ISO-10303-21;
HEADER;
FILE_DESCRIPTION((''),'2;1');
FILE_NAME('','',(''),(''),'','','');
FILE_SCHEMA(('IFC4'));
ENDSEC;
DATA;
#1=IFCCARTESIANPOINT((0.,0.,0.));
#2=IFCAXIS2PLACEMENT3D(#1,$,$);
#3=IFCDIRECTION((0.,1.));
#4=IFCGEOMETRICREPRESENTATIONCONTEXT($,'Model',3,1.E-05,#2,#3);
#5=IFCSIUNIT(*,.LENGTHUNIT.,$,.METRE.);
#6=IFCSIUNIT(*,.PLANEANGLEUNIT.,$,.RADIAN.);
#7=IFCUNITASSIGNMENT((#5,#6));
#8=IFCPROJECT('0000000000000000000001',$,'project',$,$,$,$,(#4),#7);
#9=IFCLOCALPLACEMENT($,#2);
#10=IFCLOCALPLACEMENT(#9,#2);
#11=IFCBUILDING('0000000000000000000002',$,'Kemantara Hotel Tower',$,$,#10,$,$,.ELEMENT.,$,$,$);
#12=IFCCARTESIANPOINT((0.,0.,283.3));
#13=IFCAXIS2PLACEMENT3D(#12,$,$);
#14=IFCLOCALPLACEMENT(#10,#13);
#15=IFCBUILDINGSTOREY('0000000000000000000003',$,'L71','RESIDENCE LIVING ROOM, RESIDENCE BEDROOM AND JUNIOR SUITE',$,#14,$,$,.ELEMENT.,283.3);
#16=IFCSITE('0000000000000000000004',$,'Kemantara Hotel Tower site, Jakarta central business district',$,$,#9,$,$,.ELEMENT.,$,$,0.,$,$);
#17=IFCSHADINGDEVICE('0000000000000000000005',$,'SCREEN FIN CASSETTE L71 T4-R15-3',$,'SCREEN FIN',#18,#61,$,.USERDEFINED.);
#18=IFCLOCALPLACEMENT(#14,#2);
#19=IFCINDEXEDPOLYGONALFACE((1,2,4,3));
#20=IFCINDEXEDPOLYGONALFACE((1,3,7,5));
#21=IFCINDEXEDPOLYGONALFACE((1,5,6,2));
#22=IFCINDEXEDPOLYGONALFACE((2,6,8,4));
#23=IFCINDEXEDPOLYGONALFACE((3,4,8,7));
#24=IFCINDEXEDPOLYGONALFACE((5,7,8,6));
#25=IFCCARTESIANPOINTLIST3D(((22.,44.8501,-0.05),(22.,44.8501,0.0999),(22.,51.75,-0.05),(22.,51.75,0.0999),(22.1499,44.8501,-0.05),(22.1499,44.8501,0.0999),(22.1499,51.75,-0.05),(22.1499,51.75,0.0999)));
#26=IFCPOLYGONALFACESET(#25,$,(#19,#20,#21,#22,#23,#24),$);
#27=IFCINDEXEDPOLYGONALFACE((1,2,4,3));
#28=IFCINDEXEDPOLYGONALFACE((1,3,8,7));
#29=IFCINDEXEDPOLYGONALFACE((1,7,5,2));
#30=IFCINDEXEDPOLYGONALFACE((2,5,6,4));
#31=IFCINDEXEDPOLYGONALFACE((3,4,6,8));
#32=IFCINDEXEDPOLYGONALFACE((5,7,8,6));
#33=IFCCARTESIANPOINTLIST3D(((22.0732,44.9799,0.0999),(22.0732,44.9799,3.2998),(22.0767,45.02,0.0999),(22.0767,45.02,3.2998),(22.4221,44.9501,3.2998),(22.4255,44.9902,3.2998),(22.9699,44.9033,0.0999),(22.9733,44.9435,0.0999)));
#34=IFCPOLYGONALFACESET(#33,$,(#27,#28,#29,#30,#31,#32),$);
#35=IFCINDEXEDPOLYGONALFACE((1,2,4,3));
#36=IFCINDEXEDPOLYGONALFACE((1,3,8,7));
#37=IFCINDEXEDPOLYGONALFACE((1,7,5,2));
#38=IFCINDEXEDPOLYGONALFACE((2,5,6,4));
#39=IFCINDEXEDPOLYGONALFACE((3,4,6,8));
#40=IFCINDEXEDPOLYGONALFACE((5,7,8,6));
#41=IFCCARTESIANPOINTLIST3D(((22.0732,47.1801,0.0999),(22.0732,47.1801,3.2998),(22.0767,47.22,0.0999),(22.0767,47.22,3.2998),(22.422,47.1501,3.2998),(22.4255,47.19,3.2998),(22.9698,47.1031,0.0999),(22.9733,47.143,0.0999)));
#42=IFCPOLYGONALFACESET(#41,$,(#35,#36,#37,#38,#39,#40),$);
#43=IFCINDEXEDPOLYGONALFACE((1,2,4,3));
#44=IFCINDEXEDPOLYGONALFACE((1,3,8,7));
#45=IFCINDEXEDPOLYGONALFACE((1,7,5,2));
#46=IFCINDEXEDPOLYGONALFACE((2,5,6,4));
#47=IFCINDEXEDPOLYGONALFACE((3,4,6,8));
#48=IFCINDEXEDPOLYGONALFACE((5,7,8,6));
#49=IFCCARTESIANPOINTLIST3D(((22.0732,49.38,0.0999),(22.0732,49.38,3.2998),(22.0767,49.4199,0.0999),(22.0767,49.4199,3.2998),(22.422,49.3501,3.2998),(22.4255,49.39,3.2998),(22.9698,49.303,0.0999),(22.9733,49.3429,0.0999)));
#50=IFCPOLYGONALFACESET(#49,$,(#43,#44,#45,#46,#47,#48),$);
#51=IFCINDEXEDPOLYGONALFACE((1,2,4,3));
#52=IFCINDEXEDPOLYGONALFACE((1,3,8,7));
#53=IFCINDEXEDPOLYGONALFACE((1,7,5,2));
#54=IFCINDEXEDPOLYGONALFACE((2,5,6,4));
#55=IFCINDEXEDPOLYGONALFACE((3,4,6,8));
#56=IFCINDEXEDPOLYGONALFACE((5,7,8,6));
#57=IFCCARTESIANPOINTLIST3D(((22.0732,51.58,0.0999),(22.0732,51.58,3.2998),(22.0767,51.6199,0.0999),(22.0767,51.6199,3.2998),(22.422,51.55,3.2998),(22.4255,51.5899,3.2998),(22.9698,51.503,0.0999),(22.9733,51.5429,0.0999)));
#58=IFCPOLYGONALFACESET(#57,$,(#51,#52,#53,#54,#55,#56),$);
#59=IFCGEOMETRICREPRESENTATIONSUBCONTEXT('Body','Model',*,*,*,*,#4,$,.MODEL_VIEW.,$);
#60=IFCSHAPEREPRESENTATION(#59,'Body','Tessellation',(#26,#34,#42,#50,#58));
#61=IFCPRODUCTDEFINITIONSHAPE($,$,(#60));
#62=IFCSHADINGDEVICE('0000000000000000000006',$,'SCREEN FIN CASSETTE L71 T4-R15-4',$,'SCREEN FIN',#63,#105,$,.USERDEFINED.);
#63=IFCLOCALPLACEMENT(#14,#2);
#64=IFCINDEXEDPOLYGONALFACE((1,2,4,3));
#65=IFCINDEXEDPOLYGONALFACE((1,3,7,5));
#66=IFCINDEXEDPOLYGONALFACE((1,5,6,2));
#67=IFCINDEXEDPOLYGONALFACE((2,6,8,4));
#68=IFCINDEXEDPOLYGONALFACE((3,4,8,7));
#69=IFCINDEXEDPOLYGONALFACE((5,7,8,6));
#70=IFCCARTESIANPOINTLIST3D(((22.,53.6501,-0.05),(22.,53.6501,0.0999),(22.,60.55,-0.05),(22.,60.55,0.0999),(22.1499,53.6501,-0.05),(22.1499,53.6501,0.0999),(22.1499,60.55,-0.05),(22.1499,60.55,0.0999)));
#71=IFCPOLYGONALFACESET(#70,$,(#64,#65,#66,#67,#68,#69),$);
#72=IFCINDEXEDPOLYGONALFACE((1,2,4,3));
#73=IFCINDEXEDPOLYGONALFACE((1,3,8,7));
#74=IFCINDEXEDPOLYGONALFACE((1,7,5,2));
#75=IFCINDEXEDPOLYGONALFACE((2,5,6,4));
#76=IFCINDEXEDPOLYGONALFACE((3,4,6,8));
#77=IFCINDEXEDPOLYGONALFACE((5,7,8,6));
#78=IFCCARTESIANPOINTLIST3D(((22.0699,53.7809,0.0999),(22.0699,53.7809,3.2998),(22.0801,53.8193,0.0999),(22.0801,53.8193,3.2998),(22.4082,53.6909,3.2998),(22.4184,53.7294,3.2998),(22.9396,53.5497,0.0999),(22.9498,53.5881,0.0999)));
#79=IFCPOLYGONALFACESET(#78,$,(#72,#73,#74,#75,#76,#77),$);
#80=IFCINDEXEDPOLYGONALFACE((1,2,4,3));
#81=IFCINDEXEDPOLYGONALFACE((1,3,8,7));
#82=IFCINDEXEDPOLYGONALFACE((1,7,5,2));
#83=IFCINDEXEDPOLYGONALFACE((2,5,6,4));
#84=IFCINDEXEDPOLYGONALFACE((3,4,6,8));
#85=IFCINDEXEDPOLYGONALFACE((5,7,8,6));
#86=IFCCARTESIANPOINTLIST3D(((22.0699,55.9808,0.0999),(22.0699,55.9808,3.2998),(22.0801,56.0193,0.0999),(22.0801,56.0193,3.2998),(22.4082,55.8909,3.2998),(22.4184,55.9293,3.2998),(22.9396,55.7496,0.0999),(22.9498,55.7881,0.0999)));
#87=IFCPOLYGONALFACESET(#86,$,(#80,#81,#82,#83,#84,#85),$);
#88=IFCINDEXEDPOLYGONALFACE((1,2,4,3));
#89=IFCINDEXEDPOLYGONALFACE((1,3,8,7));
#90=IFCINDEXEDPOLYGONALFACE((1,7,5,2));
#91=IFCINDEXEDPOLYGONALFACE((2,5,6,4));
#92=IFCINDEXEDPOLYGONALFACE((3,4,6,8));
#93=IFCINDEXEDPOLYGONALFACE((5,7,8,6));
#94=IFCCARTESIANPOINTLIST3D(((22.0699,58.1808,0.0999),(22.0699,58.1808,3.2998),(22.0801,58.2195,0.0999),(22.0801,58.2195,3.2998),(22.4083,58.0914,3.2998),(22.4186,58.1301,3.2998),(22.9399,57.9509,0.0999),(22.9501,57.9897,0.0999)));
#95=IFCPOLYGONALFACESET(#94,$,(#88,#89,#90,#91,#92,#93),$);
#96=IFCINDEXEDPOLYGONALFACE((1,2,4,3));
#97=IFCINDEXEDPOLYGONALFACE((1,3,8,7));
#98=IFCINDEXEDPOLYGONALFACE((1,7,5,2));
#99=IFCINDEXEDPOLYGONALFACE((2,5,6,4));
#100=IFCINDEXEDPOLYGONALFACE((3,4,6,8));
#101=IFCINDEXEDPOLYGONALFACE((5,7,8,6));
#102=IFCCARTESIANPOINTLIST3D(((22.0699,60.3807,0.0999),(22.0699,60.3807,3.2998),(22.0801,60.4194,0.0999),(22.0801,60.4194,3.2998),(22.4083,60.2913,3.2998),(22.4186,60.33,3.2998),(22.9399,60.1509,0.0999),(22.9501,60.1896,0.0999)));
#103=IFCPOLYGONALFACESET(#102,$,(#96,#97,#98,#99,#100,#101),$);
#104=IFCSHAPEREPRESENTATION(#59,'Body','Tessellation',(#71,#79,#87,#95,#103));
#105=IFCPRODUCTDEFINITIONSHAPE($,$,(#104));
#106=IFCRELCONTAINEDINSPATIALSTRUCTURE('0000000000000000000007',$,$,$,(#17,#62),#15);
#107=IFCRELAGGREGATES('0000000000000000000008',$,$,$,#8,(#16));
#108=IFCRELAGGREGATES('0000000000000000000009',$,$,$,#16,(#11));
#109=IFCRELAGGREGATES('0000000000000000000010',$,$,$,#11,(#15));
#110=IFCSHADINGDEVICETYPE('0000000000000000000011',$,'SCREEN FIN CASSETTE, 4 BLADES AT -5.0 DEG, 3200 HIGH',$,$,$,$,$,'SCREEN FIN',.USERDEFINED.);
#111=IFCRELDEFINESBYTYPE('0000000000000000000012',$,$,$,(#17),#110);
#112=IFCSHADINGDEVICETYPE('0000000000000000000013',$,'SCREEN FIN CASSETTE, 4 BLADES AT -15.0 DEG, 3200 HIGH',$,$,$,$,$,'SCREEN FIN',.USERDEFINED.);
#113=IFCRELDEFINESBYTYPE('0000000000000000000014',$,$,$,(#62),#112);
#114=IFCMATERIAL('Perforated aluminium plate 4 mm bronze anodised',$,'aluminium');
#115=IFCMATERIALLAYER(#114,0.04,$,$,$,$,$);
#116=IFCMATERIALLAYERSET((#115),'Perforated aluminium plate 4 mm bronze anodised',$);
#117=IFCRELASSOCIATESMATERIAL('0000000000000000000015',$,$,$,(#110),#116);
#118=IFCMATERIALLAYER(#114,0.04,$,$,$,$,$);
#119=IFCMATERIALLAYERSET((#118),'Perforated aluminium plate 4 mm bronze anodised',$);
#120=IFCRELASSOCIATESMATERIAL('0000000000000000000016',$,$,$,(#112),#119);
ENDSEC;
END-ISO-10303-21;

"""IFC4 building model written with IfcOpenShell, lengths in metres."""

from ifc_helpers import new_model, si_unit, direction, frame, origin, origin_2d, place, context, subcontext, project, spatial, polyline, rectangle, outline, extrude, source, transform, mapped, material, layer, layer_set, type_object, element, save


model = new_model("IFC4")

# Units and contexts
model_context = context("Model", 3, precision=1e-05, world=origin(), true_north=direction((0.0, 1.0)))
body_context = subcontext(model_context, "Body", "Model", "MODEL_VIEW")
ifc_project = project(units=[si_unit("LENGTHUNIT", "METRE"), si_unit("PLANEANGLEUNIT", "RADIAN")], contexts=[model_context])

# Site, building, storey
site_placement = place(None, origin())
site = spatial("IfcSite", under=ifc_project, at=site_placement, Name="Kemantara Hotel Tower site, Jakarta central business district", CompositionType="ELEMENT", RefElevation=0.0)
building_placement = place(site_placement, origin())
building = spatial("IfcBuilding", under=site, at=building_placement, Name="Kemantara Hotel Tower", CompositionType="ELEMENT")
storey_placement = place(building_placement, frame((0.0, 0.0, 283.3)))
storey = spatial("IfcBuildingStorey", under=building, at=storey_placement, Name="L71", Description="RESIDENCE LIVING ROOM, RESIDENCE BEDROOM AND JUNIOR SUITE", CompositionType="ELEMENT", Elevation=283.3)

# Shading devices
ifc_material_1 = material(Name="Perforated aluminium plate 4 mm bronze anodised", Category="aluminium")
ifc_layer_1 = layer(ifc_material_1, 0.04)
ifc_layer_set_1 = layer_set([ifc_layer_1], Name="Perforated aluminium plate 4 mm bronze anodised")
shading_device_type_1 = type_object("IfcShadingDeviceType", Name="SCREEN FIN CASSETTE, 4 BLADES AT -5.0 DEG, 3200 HIGH", ElementType="SCREEN FIN", PredefinedType="USERDEFINED", material=ifc_layer_set_1)
shared_shape_1 = source(origin(), body_context, "Body", "SweptSolid", [
    extrude(rectangle(XDim=6.8999, YDim=0.1499, at=origin_2d()), frame((3.3, -0.075, -0.1499), z_axis=(0.0, 0.0, 1.0), x_axis=(1.0, 0.0, 0.0)), (0.0, 0.0, 1.0), 0.1499),
    extrude(outline(polyline([(0.0, 0.0), (0.8999, 0.0), (0.3501, 3.2), (0.0, 3.2), (0.0, 0.0)])), frame((0.02, -0.0767, 0.0), z_axis=(-0.996376, 0.085056, 0.0), x_axis=(-0.085056, -0.996376, 0.0)), (0.0, 0.0, 1.0), 0.0403),
    extrude(outline(polyline([(0.0, 0.0), (0.8999, 0.0), (0.3501, 3.2), (0.0, 3.2), (0.0, 0.0)])), frame((2.22, -0.0767, 0.0), z_axis=(-0.996332, 0.085575, 0.0), x_axis=(-0.085575, -0.996332, 0.0)), (0.0, 0.0, 1.0), 0.04),
    extrude(outline(polyline([(0.0, 0.0), (0.8999, 0.0), (0.3501, 3.2), (0.0, 3.2), (0.0, 0.0)])), frame((4.4199, -0.0767, 0.0), z_axis=(-0.996332, 0.085575, 0.0), x_axis=(-0.085575, -0.996332, 0.0)), (0.0, 0.0, 1.0), 0.04),
    extrude(outline(polyline([(0.0, 0.0), (0.8999, 0.0), (0.3501, 3.2), (0.0, 3.2), (0.0, 0.0)])), frame((6.6199, -0.0767, 0.0), z_axis=(-0.996332, 0.085575, 0.0), x_axis=(-0.085575, -0.996332, 0.0)), (0.0, 0.0, 1.0), 0.04),
])
shading_device_1_placement = place(storey_placement, frame((22.0, 45.0, 0.0999), z_axis=(0.0, 0.0, 1.0), x_axis=(0.0, 1.0, 0.0)))
element("IfcShadingDevice", 1, at=shading_device_1_placement, inside=storey, type_object=shading_device_type_1, Name="SCREEN FIN CASSETTE L71 T4-R15-3", ObjectType="SCREEN FIN", PredefinedType="USERDEFINED", context=body_context, shape_type="MappedRepresentation", body=[
    mapped(shared_shape_1, transform((0.0, 0.0, 0.0))),
])
ifc_layer_2 = layer(ifc_material_1, 0.04)
ifc_layer_set_2 = layer_set([ifc_layer_2], Name="Perforated aluminium plate 4 mm bronze anodised")
shading_device_type_2 = type_object("IfcShadingDeviceType", Name="SCREEN FIN CASSETTE, 4 BLADES AT -15.0 DEG, 3200 HIGH", ElementType="SCREEN FIN", PredefinedType="USERDEFINED", material=ifc_layer_set_2)
shared_shape_2 = source(origin(), body_context, "Body", "SweptSolid", [
    extrude(rectangle(XDim=6.8999, YDim=0.1499, at=origin_2d()), frame((3.3, -0.075, -0.1499), z_axis=(0.0, 0.0, 1.0), x_axis=(1.0, 0.0, 0.0)), (0.0, 0.0, 1.0), 0.1499),
    extrude(outline(polyline([(0.0, 0.0), (0.8999, 0.0), (0.3501, 3.2), (0.0, 3.2), (0.0, 0.0)])), frame((0.0193, -0.0801, 0.0), z_axis=(-0.966438, 0.256901, 0.0), x_axis=(-0.256901, -0.966438, 0.0)), (0.0, 0.0, 1.0), 0.0398),
    extrude(outline(polyline([(0.0, 0.0), (0.8999, 0.0), (0.3501, 3.2), (0.0, 3.2), (0.0, 0.0)])), frame((2.2192, -0.0801, 0.0), z_axis=(-0.966438, 0.256901, 0.0), x_axis=(-0.256901, -0.966438, 0.0)), (0.0, 0.0, 1.0), 0.0398),
    extrude(outline(polyline([(0.0, 0.0), (0.8999, 0.0), (0.3501, 3.2), (0.0, 3.2), (0.0, 0.0)])), frame((4.4194, -0.0801, 0.0), z_axis=(-0.966838, 0.255391, 0.0), x_axis=(-0.255391, -0.966838, 0.0)), (0.0, 0.0, 1.0), 0.04),
    extrude(outline(polyline([(0.0, 0.0), (0.8999, 0.0), (0.3501, 3.2), (0.0, 3.2), (0.0, 0.0)])), frame((6.6194, -0.0801, 0.0), z_axis=(-0.966838, 0.255391, 0.0), x_axis=(-0.255391, -0.966838, 0.0)), (0.0, 0.0, 1.0), 0.04),
])
shading_device_2_placement = place(storey_placement, frame((22.0, 53.8, 0.0999), z_axis=(0.0, 0.0, 1.0), x_axis=(0.0, 1.0, 0.0)))
element("IfcShadingDevice", 2, at=shading_device_2_placement, inside=storey, type_object=shading_device_type_2, Name="SCREEN FIN CASSETTE L71 T4-R15-4", ObjectType="SCREEN FIN", PredefinedType="USERDEFINED", context=body_context, shape_type="MappedRepresentation", body=[
    mapped(shared_shape_2, transform((0.0, 0.0, 0.0))),
])

save(model, "model.ifc")
